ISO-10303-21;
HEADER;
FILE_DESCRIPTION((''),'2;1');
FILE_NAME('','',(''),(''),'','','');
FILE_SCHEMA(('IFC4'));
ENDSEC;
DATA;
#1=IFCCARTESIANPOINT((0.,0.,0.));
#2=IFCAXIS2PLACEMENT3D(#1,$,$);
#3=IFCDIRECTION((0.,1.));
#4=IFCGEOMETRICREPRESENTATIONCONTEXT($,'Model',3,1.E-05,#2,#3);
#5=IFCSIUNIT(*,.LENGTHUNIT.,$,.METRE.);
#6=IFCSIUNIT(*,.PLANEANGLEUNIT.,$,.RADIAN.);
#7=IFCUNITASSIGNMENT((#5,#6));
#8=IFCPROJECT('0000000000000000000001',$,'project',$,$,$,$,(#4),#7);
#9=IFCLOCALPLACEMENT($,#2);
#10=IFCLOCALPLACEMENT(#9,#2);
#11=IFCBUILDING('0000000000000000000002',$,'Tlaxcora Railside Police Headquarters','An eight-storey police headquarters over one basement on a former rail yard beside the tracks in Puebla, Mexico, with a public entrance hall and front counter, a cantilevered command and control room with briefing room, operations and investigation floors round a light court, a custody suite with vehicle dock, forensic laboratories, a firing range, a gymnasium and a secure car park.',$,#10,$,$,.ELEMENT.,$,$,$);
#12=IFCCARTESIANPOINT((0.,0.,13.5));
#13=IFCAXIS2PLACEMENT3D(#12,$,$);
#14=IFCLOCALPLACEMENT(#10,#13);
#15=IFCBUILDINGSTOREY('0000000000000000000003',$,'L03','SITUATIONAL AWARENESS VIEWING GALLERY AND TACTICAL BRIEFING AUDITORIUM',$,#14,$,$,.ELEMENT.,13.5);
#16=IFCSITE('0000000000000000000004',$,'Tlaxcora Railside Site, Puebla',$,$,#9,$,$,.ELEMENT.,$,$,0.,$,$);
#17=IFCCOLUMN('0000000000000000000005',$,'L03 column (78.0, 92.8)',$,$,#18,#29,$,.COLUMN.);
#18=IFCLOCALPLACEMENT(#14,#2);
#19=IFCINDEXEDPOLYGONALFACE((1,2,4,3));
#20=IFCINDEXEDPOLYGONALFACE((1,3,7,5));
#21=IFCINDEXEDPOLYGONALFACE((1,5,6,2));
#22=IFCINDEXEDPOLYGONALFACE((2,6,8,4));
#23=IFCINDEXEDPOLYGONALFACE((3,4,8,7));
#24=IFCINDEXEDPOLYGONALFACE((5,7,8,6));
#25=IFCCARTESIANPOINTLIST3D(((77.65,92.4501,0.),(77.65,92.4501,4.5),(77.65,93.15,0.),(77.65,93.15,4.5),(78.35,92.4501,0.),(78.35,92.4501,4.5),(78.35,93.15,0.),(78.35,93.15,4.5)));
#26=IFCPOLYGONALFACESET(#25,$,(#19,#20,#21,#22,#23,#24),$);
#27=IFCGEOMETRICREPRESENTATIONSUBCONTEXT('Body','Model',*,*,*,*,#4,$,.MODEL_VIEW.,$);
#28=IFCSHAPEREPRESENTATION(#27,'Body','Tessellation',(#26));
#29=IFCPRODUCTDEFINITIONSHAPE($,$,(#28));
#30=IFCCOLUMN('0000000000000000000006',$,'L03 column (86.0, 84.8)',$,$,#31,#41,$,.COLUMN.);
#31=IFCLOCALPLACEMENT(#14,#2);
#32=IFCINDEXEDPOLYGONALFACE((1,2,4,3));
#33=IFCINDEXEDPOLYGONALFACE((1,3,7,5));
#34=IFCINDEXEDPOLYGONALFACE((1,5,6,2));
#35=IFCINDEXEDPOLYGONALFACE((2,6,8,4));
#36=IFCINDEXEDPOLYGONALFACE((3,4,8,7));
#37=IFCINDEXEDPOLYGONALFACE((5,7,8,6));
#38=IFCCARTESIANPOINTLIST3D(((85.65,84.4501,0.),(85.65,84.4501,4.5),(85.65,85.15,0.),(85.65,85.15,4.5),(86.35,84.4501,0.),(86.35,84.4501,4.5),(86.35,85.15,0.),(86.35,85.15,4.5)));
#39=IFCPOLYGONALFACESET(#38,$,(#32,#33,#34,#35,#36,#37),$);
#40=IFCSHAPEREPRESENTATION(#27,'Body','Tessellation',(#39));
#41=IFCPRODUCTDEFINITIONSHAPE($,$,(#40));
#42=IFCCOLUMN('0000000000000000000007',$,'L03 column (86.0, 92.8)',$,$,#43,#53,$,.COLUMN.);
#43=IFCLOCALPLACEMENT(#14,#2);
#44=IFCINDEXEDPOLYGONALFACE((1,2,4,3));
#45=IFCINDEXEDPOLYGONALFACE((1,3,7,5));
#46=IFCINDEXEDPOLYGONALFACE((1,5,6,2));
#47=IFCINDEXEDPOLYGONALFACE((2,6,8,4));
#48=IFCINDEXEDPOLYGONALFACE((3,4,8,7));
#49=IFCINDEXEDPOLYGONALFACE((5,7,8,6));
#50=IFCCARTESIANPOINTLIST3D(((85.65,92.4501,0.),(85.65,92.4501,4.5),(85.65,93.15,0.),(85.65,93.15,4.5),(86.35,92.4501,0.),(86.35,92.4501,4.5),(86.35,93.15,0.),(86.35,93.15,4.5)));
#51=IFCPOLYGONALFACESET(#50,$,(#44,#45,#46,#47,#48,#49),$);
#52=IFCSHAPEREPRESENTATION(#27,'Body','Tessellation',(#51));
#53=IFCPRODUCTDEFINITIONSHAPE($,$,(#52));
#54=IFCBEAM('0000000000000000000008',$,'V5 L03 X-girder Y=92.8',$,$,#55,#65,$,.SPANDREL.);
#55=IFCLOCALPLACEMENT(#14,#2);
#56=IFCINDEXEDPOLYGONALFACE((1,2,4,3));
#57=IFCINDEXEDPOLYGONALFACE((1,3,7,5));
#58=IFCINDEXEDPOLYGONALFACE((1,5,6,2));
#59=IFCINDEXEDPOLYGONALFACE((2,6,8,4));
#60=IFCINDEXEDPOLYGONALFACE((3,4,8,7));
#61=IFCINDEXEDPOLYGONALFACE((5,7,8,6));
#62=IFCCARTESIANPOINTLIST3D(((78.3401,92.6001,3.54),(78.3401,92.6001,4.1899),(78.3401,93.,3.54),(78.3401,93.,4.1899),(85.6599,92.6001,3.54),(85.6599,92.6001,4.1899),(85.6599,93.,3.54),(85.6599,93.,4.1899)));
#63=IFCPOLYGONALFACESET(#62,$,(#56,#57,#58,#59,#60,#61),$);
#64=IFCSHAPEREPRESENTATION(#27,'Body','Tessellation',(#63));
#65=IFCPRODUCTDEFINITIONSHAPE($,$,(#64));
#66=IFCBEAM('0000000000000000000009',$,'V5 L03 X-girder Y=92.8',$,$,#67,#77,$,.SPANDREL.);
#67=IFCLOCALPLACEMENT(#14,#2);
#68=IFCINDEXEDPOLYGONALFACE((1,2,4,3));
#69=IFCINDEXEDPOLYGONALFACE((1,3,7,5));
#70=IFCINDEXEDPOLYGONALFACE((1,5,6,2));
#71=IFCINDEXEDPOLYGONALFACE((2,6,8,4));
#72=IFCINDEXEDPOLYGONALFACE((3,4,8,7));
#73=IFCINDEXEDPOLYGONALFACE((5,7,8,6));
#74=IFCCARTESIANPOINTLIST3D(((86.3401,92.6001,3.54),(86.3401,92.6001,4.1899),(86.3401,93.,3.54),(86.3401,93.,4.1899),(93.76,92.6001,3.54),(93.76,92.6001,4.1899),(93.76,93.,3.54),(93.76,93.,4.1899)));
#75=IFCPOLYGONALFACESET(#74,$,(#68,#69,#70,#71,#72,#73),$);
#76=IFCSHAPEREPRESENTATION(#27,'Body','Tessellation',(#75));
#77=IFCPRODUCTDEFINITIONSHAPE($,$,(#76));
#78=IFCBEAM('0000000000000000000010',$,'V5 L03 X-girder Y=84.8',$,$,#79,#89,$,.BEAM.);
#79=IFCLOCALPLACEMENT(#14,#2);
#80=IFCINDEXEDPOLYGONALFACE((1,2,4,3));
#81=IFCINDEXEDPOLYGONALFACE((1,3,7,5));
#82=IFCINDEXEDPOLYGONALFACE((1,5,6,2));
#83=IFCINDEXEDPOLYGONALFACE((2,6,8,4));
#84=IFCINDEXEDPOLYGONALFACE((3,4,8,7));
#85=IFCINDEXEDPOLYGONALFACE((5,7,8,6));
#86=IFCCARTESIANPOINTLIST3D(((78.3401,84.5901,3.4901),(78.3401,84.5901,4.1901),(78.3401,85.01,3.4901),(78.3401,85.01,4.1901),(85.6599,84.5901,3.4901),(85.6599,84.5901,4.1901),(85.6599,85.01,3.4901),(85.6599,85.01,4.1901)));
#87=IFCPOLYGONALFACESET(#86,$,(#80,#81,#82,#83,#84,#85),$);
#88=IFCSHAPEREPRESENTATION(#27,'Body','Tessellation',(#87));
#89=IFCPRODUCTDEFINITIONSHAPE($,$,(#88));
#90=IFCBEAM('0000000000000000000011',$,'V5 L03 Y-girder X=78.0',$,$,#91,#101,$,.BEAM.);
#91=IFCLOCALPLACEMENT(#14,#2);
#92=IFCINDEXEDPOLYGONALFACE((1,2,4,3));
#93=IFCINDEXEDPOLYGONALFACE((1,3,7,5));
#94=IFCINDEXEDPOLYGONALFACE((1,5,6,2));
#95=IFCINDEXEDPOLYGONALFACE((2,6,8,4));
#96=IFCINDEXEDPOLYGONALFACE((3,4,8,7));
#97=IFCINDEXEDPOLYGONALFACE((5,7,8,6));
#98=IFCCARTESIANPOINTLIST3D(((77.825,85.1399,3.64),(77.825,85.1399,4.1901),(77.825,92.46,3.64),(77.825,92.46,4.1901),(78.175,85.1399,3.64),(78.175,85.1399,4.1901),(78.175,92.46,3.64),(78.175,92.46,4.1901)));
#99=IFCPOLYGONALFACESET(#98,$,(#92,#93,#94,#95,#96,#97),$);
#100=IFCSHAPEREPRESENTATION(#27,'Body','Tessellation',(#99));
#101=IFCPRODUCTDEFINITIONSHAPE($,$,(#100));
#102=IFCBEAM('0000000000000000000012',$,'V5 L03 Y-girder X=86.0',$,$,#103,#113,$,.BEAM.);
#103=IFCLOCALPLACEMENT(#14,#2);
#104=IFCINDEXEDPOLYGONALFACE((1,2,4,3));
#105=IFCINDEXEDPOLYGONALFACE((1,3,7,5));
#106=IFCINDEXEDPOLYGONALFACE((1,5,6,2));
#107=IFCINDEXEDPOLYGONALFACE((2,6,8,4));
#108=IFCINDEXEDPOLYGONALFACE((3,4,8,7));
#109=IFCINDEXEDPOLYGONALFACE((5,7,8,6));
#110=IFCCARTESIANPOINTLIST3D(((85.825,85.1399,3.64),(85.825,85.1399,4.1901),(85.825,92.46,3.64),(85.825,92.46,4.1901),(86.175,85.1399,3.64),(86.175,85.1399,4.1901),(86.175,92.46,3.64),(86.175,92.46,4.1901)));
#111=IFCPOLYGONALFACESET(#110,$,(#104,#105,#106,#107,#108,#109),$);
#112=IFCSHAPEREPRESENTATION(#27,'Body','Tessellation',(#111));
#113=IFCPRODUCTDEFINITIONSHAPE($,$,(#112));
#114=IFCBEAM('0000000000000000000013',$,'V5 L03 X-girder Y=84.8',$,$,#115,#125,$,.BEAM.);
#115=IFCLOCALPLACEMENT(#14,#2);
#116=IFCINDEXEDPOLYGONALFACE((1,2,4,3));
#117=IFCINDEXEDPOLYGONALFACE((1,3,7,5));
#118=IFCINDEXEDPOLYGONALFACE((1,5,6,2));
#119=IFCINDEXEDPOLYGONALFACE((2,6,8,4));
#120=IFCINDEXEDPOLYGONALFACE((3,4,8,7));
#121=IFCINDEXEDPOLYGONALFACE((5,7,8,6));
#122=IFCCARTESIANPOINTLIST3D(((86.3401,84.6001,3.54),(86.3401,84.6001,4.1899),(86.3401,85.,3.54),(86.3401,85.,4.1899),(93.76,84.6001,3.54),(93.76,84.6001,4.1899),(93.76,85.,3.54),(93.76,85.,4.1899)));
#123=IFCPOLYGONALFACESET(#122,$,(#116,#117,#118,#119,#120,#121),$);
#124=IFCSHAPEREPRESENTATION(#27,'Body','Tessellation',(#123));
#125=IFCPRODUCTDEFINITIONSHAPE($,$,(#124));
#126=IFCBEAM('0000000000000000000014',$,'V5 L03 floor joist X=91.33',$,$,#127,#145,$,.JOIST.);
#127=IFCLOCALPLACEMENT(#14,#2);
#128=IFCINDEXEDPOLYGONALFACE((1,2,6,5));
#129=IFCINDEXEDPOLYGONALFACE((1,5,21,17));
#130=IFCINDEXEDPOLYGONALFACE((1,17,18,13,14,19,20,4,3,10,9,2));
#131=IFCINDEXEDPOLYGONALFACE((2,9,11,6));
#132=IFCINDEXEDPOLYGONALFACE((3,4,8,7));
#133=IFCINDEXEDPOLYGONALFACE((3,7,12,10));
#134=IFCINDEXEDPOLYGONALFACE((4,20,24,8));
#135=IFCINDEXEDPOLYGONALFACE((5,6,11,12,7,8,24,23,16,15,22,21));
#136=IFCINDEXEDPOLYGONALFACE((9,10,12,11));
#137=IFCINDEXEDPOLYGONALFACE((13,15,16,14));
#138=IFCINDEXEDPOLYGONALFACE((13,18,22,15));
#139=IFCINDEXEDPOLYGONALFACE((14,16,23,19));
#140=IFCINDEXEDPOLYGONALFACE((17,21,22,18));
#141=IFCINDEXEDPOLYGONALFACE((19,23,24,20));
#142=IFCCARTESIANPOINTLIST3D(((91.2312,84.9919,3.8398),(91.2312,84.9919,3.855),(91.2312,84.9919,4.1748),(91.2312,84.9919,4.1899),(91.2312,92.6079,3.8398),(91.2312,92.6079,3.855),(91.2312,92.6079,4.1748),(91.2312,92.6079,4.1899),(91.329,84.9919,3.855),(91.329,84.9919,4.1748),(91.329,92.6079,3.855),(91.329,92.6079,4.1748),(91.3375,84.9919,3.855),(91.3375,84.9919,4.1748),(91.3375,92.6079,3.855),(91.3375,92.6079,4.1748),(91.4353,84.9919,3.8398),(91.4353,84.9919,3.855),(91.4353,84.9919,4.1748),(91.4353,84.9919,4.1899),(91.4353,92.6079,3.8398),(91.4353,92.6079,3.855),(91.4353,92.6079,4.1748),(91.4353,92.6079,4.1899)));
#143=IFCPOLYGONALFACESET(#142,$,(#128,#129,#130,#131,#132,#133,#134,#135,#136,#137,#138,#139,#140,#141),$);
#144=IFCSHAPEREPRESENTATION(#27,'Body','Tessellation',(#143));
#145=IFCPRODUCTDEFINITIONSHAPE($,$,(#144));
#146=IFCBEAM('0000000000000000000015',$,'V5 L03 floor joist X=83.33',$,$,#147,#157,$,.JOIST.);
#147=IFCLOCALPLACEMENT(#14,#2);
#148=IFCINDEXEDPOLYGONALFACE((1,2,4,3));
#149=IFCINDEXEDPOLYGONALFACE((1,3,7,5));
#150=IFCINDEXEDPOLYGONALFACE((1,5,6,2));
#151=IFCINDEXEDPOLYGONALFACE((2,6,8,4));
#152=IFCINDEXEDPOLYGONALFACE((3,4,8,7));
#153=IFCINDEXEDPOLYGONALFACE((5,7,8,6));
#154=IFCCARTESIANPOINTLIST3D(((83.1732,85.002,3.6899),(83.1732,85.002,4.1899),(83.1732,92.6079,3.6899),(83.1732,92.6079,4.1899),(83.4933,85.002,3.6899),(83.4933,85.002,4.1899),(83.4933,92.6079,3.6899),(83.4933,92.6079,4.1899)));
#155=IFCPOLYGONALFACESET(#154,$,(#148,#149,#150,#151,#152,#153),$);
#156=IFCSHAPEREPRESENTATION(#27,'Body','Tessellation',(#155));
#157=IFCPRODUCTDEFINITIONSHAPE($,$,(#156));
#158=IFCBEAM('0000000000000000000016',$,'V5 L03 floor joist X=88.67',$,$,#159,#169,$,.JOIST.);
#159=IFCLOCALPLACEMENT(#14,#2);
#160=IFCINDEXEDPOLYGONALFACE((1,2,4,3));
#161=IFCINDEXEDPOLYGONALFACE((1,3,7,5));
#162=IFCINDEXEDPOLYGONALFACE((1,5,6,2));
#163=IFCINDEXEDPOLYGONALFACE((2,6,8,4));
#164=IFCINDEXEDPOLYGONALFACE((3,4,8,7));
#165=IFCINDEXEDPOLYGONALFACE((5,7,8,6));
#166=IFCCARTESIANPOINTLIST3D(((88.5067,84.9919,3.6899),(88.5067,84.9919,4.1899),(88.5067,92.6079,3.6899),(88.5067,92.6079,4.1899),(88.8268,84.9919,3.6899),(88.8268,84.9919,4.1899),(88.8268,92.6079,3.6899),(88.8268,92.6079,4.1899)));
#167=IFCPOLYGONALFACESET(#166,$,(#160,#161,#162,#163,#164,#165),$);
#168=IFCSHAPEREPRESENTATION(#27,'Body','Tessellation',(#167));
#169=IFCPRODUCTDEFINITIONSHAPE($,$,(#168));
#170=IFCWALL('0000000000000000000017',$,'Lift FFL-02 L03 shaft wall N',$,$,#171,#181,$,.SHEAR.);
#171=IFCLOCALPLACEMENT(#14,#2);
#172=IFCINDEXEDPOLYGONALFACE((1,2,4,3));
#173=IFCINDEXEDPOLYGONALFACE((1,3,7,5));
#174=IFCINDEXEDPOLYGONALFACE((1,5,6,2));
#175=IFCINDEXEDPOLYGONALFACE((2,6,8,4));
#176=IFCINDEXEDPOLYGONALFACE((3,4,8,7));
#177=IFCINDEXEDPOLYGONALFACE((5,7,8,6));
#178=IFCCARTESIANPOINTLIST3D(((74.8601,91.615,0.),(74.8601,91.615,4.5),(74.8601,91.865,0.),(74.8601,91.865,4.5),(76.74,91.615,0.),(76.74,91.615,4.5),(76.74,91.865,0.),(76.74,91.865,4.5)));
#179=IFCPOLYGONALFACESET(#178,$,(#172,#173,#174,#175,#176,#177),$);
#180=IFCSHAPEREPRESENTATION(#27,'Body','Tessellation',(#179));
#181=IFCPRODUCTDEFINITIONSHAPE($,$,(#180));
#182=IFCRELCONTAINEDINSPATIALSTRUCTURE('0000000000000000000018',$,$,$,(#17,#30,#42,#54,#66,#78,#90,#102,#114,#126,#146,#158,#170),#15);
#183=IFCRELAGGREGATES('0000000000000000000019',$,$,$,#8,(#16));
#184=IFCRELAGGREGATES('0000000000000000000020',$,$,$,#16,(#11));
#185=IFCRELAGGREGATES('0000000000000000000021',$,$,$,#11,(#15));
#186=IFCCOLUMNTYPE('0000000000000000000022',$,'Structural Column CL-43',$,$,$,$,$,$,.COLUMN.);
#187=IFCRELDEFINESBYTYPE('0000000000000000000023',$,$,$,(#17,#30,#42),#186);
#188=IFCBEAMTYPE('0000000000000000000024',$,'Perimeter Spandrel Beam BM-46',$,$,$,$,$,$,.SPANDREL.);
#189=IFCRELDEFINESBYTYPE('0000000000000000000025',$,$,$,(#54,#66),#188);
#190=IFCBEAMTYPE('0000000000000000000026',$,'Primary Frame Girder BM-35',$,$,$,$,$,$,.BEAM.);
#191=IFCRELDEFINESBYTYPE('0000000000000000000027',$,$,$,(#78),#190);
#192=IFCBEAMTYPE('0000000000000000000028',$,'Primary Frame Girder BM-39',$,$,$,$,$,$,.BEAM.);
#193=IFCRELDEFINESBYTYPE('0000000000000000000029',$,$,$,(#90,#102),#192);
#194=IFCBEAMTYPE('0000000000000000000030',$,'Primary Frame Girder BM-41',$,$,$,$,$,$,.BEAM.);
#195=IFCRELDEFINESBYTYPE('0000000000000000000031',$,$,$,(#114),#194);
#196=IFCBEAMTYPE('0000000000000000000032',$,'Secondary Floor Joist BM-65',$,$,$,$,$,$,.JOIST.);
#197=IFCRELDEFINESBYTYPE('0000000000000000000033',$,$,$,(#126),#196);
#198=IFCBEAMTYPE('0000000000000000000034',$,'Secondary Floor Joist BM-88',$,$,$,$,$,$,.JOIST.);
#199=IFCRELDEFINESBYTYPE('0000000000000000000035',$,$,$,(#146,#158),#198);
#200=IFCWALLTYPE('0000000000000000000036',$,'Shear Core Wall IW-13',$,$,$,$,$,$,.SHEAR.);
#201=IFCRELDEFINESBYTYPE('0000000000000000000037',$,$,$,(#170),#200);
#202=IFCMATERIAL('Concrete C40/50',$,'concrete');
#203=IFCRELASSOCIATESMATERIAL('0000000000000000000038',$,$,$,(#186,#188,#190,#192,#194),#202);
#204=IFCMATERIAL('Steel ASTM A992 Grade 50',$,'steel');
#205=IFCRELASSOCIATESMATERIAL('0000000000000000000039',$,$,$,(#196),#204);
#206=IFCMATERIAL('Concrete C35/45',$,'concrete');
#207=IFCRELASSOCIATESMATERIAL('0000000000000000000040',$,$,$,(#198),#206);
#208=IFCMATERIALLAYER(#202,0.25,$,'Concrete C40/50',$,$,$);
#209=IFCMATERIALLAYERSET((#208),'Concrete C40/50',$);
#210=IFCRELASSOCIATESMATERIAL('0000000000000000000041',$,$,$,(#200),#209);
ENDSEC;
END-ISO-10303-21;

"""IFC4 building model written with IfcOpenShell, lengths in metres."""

from ifc_helpers import new_model, si_unit, direction, frame, frame_2d, origin, origin_2d, place, context, subcontext, project, spatial, rectangle, i_section, extrude, material, layer, layer_set, material_profile, profile_set, type_object, element, save


model = new_model("IFC4")

# Units and contexts
model_context = context("Model", 3, precision=1e-05, world=origin(), true_north=direction((0.0, 1.0)))
body_context = subcontext(model_context, "Body", "Model", "MODEL_VIEW")
ifc_project = project(units=[si_unit("LENGTHUNIT", "METRE"), si_unit("PLANEANGLEUNIT", "RADIAN")], contexts=[model_context])

# Site, building, storey
site_placement = place(None, origin())
site = spatial("IfcSite", under=ifc_project, at=site_placement, Name="Tlaxcora Railside Site, Puebla", CompositionType="ELEMENT", RefElevation=0.0)
building_placement = place(site_placement, origin())
building = spatial("IfcBuilding", under=site, at=building_placement, Name="Tlaxcora Railside Police Headquarters", Description="An eight-storey police headquarters over one basement on a former rail yard beside the tracks in Puebla, Mexico, with a public entrance hall and front counter, a cantilevered command and control room with briefing room, operations and investigation floors round a light court, a custody suite with vehicle dock, forensic laboratories, a firing range, a gymnasium and a secure car park.", CompositionType="ELEMENT")
storey_placement = place(building_placement, frame((0.0, 0.0, 13.5)))
storey = spatial("IfcBuildingStorey", under=building, at=storey_placement, Name="L03", Description="SITUATIONAL AWARENESS VIEWING GALLERY AND TACTICAL BRIEFING AUDITORIUM", CompositionType="ELEMENT", Elevation=13.5)

# Columns
ifc_material_1 = material(Name="Concrete C40/50", Category="concrete")
ifc_material_profile_1 = material_profile(ifc_material_1, rectangle(XDim=0.7, YDim=0.7, at=origin_2d()), Name="RC700X700")
ifc_profile_set_1 = profile_set([ifc_material_profile_1], Name="Concrete C40/50")
column_type = type_object("IfcColumnType", Name="Structural Column CL-43", PredefinedType="COLUMN", material=ifc_profile_set_1)
for number, where, z_axis, x_axis, name in (
    (1, (78.0, 92.8, 0.0), (0.0, 0.0, 1.0), (1.0, 0.0, 0.0), "L03 column (78.0, 92.8)"),
    (2, (86.0, 84.8, 0.0), (0.0, 0.0, 1.0), (1.0, 0.0, 0.0), "L03 column (86.0, 84.8)"),
    (3, (86.0, 92.8, 0.0), (0.0, 0.0, 1.0), (1.0, 0.0, 0.0), "L03 column (86.0, 92.8)"),
):
    element("IfcColumn", number, at=place(storey_placement, frame(where, z_axis=z_axis, x_axis=x_axis)), inside=storey, type_object=column_type, Name=name, PredefinedType="COLUMN", context=body_context, shape_type="SweptSolid", body=[
        extrude(rectangle(XDim=0.7, YDim=0.7, at=origin_2d()), origin(), (0.0, 0.0, 1.0), 4.5),
    ])

# Beams
ifc_material_profile_2 = material_profile(ifc_material_1, rectangle(XDim=0.3999, YDim=0.6499, at=origin_2d()), Name="RC400X650")
ifc_profile_set_2 = profile_set([ifc_material_profile_2], Name="Concrete C40/50")
beam_type_1 = type_object("IfcBeamType", Name="Perimeter Spandrel Beam BM-46", PredefinedType="SPANDREL", material=ifc_profile_set_2)
beam_1_placement = place(storey_placement, frame((78.3401, 92.8, 3.865), z_axis=(1.0, 0.0, 0.0), x_axis=(0.0, 1.0, 0.0)))
element("IfcBeam", 4, at=beam_1_placement, inside=storey, type_object=beam_type_1, Name="V5 L03 X-girder Y=92.8", PredefinedType="SPANDREL", context=body_context, shape_type="SweptSolid", body=[
    extrude(rectangle(XDim=0.3999, YDim=0.6499, at=origin_2d()), origin(), (0.0, 0.0, 1.0), 7.3198),
])
beam_2_placement = place(storey_placement, frame((86.3401, 92.8, 3.865), z_axis=(1.0, 0.0, 0.0), x_axis=(0.0, 1.0, 0.0)))
element("IfcBeam", 5, at=beam_2_placement, inside=storey, type_object=beam_type_1, Name="V5 L03 X-girder Y=92.8", PredefinedType="SPANDREL", context=body_context, shape_type="SweptSolid", body=[
    extrude(rectangle(XDim=0.3999, YDim=0.6499, at=origin_2d()), origin(), (0.0, 0.0, 1.0), 7.4199),
])
ifc_material_profile_3 = material_profile(ifc_material_1, rectangle(XDim=0.4199, YDim=0.7, at=origin_2d()), Name="RC420X700")
ifc_profile_set_3 = profile_set([ifc_material_profile_3], Name="Concrete C40/50")
beam_type_2 = type_object("IfcBeamType", Name="Primary Frame Girder BM-35", PredefinedType="BEAM", material=ifc_profile_set_3)
beam_3_placement = place(storey_placement, frame((78.3401, 84.8, 3.8401), z_axis=(1.0, 0.0, 0.0), x_axis=(0.0, 1.0, 0.0)))
element("IfcBeam", 6, at=beam_3_placement, inside=storey, type_object=beam_type_2, Name="V5 L03 X-girder Y=84.8", PredefinedType="BEAM", context=body_context, shape_type="SweptSolid", body=[
    extrude(rectangle(XDim=0.4199, YDim=0.7, at=origin_2d()), origin(), (0.0, 0.0, 1.0), 7.3198),
])
ifc_material_profile_4 = material_profile(ifc_material_1, rectangle(XDim=0.3501, YDim=0.55, at=origin_2d()), Name="RC350X550")
ifc_profile_set_4 = profile_set([ifc_material_profile_4], Name="Concrete C40/50")
beam_type_3 = type_object("IfcBeamType", Name="Primary Frame Girder BM-39", PredefinedType="BEAM", material=ifc_profile_set_4)
for number, where, z_axis, x_axis, name in (
    (7, (78.0, 85.1399, 3.915), (0.0, 1.0, 0.0), (-1.0, 0.0, 0.0), "V5 L03 Y-girder X=78.0"),
    (8, (86.0, 85.1399, 3.915), (0.0, 1.0, 0.0), (-1.0, 0.0, 0.0), "V5 L03 Y-girder X=86.0"),
):
    element("IfcBeam", number, at=place(storey_placement, frame(where, z_axis=z_axis, x_axis=x_axis)), inside=storey, type_object=beam_type_3, Name=name, PredefinedType="BEAM", context=body_context, shape_type="SweptSolid", body=[
        extrude(rectangle(XDim=0.3501, YDim=0.55, at=origin_2d()), origin(), (0.0, 0.0, 1.0), 7.3201),
    ])
ifc_material_profile_5 = material_profile(ifc_material_1, rectangle(XDim=0.3999, YDim=0.6499, at=origin_2d()), Name="RC400X650")
ifc_profile_set_5 = profile_set([ifc_material_profile_5], Name="Concrete C40/50")
beam_type_4 = type_object("IfcBeamType", Name="Primary Frame Girder BM-41", PredefinedType="BEAM", material=ifc_profile_set_5)
beam_4_placement = place(storey_placement, frame((86.3401, 84.8, 3.865), z_axis=(1.0, 0.0, 0.0), x_axis=(0.0, 1.0, 0.0)))
element("IfcBeam", 9, at=beam_4_placement, inside=storey, type_object=beam_type_4, Name="V5 L03 X-girder Y=84.8", PredefinedType="BEAM", context=body_context, shape_type="SweptSolid", body=[
    extrude(rectangle(XDim=0.3999, YDim=0.6499, at=origin_2d()), origin(), (0.0, 0.0, 1.0), 7.4199),
])
ifc_material_2 = material(Name="Steel ASTM A992 Grade 50", Category="steel")
ifc_material_profile_6 = material_profile(ifc_material_2, i_section(OverallWidth=0.2041, OverallDepth=0.3501, WebThickness=0.0085, FlangeThickness=0.0151, at=origin_2d()), Name="W14X48")
ifc_profile_set_6 = profile_set([ifc_material_profile_6], Name="Steel ASTM A992 Grade 50")
beam_type_5 = type_object("IfcBeamType", Name="Secondary Floor Joist BM-65", PredefinedType="JOIST", material=ifc_profile_set_6)
beam_5_placement = place(storey_placement, frame((91.3333, 84.9919, 4.0149), z_axis=(0.0, 1.0, 0.0), x_axis=(-1.0, 0.0, 0.0)))
element("IfcBeam", 10, at=beam_5_placement, inside=storey, type_object=beam_type_5, Name="V5 L03 floor joist X=91.33", PredefinedType="JOIST", context=body_context, shape_type="SweptSolid", body=[
    extrude(i_section(OverallWidth=0.2041, OverallDepth=0.3501, WebThickness=0.0085, FlangeThickness=0.0151, at=origin_2d()), origin(), (0.0, 0.0, 1.0), 7.616),
])
ifc_material_3 = material(Name="Concrete C35/45", Category="concrete")
ifc_material_profile_7 = material_profile(ifc_material_3, rectangle(XDim=0.3201, YDim=0.5, at=origin_2d()), Name="RC320X500")
ifc_profile_set_7 = profile_set([ifc_material_profile_7], Name="Concrete C35/45")
beam_type_6 = type_object("IfcBeamType", Name="Secondary Floor Joist BM-88", PredefinedType="JOIST", material=ifc_profile_set_7)
beam_6_placement = place(storey_placement, frame((83.3333, 85.002, 3.9399), z_axis=(0.0, 1.0, 0.0), x_axis=(-1.0, 0.0, 0.0)))
element("IfcBeam", 11, at=beam_6_placement, inside=storey, type_object=beam_type_6, Name="V5 L03 floor joist X=83.33", PredefinedType="JOIST", context=body_context, shape_type="SweptSolid", body=[
    extrude(rectangle(XDim=0.3201, YDim=0.5, at=origin_2d()), origin(), (0.0, 0.0, 1.0), 7.606),
])
beam_7_placement = place(storey_placement, frame((88.6667, 84.9919, 3.9399), z_axis=(0.0, 1.0, 0.0), x_axis=(-1.0, 0.0, 0.0)))
element("IfcBeam", 12, at=beam_7_placement, inside=storey, type_object=beam_type_6, Name="V5 L03 floor joist X=88.67", PredefinedType="JOIST", context=body_context, shape_type="SweptSolid", body=[
    extrude(rectangle(XDim=0.3201, YDim=0.5, at=origin_2d()), origin(), (0.0, 0.0, 1.0), 7.616),
])

# Wall
ifc_layer_1 = layer(ifc_material_1, 0.25, Name="Concrete C40/50")
ifc_layer_set_1 = layer_set([ifc_layer_1], Name="Concrete C40/50")
wall_type_1 = type_object("IfcWallType", Name="Shear Core Wall IW-13", PredefinedType="SHEAR", material=ifc_layer_set_1)
wall_1_placement = place(storey_placement, frame((76.74, 91.74, 0.0), z_axis=(0.0, 0.0, 1.0), x_axis=(-1.0, 0.0, 0.0)))
element("IfcWall", 13, at=wall_1_placement, inside=storey, type_object=wall_type_1, Name="Lift FFL-02 L03 shaft wall N", PredefinedType="SHEAR", context=body_context, shape_type="SweptSolid", body=[
    extrude(rectangle(XDim=1.8799, YDim=0.25, at=frame_2d((0.9399, 0.0))), origin(), (0.0, 0.0, 1.0), 4.5),
])

save(model, "model.ifc")
